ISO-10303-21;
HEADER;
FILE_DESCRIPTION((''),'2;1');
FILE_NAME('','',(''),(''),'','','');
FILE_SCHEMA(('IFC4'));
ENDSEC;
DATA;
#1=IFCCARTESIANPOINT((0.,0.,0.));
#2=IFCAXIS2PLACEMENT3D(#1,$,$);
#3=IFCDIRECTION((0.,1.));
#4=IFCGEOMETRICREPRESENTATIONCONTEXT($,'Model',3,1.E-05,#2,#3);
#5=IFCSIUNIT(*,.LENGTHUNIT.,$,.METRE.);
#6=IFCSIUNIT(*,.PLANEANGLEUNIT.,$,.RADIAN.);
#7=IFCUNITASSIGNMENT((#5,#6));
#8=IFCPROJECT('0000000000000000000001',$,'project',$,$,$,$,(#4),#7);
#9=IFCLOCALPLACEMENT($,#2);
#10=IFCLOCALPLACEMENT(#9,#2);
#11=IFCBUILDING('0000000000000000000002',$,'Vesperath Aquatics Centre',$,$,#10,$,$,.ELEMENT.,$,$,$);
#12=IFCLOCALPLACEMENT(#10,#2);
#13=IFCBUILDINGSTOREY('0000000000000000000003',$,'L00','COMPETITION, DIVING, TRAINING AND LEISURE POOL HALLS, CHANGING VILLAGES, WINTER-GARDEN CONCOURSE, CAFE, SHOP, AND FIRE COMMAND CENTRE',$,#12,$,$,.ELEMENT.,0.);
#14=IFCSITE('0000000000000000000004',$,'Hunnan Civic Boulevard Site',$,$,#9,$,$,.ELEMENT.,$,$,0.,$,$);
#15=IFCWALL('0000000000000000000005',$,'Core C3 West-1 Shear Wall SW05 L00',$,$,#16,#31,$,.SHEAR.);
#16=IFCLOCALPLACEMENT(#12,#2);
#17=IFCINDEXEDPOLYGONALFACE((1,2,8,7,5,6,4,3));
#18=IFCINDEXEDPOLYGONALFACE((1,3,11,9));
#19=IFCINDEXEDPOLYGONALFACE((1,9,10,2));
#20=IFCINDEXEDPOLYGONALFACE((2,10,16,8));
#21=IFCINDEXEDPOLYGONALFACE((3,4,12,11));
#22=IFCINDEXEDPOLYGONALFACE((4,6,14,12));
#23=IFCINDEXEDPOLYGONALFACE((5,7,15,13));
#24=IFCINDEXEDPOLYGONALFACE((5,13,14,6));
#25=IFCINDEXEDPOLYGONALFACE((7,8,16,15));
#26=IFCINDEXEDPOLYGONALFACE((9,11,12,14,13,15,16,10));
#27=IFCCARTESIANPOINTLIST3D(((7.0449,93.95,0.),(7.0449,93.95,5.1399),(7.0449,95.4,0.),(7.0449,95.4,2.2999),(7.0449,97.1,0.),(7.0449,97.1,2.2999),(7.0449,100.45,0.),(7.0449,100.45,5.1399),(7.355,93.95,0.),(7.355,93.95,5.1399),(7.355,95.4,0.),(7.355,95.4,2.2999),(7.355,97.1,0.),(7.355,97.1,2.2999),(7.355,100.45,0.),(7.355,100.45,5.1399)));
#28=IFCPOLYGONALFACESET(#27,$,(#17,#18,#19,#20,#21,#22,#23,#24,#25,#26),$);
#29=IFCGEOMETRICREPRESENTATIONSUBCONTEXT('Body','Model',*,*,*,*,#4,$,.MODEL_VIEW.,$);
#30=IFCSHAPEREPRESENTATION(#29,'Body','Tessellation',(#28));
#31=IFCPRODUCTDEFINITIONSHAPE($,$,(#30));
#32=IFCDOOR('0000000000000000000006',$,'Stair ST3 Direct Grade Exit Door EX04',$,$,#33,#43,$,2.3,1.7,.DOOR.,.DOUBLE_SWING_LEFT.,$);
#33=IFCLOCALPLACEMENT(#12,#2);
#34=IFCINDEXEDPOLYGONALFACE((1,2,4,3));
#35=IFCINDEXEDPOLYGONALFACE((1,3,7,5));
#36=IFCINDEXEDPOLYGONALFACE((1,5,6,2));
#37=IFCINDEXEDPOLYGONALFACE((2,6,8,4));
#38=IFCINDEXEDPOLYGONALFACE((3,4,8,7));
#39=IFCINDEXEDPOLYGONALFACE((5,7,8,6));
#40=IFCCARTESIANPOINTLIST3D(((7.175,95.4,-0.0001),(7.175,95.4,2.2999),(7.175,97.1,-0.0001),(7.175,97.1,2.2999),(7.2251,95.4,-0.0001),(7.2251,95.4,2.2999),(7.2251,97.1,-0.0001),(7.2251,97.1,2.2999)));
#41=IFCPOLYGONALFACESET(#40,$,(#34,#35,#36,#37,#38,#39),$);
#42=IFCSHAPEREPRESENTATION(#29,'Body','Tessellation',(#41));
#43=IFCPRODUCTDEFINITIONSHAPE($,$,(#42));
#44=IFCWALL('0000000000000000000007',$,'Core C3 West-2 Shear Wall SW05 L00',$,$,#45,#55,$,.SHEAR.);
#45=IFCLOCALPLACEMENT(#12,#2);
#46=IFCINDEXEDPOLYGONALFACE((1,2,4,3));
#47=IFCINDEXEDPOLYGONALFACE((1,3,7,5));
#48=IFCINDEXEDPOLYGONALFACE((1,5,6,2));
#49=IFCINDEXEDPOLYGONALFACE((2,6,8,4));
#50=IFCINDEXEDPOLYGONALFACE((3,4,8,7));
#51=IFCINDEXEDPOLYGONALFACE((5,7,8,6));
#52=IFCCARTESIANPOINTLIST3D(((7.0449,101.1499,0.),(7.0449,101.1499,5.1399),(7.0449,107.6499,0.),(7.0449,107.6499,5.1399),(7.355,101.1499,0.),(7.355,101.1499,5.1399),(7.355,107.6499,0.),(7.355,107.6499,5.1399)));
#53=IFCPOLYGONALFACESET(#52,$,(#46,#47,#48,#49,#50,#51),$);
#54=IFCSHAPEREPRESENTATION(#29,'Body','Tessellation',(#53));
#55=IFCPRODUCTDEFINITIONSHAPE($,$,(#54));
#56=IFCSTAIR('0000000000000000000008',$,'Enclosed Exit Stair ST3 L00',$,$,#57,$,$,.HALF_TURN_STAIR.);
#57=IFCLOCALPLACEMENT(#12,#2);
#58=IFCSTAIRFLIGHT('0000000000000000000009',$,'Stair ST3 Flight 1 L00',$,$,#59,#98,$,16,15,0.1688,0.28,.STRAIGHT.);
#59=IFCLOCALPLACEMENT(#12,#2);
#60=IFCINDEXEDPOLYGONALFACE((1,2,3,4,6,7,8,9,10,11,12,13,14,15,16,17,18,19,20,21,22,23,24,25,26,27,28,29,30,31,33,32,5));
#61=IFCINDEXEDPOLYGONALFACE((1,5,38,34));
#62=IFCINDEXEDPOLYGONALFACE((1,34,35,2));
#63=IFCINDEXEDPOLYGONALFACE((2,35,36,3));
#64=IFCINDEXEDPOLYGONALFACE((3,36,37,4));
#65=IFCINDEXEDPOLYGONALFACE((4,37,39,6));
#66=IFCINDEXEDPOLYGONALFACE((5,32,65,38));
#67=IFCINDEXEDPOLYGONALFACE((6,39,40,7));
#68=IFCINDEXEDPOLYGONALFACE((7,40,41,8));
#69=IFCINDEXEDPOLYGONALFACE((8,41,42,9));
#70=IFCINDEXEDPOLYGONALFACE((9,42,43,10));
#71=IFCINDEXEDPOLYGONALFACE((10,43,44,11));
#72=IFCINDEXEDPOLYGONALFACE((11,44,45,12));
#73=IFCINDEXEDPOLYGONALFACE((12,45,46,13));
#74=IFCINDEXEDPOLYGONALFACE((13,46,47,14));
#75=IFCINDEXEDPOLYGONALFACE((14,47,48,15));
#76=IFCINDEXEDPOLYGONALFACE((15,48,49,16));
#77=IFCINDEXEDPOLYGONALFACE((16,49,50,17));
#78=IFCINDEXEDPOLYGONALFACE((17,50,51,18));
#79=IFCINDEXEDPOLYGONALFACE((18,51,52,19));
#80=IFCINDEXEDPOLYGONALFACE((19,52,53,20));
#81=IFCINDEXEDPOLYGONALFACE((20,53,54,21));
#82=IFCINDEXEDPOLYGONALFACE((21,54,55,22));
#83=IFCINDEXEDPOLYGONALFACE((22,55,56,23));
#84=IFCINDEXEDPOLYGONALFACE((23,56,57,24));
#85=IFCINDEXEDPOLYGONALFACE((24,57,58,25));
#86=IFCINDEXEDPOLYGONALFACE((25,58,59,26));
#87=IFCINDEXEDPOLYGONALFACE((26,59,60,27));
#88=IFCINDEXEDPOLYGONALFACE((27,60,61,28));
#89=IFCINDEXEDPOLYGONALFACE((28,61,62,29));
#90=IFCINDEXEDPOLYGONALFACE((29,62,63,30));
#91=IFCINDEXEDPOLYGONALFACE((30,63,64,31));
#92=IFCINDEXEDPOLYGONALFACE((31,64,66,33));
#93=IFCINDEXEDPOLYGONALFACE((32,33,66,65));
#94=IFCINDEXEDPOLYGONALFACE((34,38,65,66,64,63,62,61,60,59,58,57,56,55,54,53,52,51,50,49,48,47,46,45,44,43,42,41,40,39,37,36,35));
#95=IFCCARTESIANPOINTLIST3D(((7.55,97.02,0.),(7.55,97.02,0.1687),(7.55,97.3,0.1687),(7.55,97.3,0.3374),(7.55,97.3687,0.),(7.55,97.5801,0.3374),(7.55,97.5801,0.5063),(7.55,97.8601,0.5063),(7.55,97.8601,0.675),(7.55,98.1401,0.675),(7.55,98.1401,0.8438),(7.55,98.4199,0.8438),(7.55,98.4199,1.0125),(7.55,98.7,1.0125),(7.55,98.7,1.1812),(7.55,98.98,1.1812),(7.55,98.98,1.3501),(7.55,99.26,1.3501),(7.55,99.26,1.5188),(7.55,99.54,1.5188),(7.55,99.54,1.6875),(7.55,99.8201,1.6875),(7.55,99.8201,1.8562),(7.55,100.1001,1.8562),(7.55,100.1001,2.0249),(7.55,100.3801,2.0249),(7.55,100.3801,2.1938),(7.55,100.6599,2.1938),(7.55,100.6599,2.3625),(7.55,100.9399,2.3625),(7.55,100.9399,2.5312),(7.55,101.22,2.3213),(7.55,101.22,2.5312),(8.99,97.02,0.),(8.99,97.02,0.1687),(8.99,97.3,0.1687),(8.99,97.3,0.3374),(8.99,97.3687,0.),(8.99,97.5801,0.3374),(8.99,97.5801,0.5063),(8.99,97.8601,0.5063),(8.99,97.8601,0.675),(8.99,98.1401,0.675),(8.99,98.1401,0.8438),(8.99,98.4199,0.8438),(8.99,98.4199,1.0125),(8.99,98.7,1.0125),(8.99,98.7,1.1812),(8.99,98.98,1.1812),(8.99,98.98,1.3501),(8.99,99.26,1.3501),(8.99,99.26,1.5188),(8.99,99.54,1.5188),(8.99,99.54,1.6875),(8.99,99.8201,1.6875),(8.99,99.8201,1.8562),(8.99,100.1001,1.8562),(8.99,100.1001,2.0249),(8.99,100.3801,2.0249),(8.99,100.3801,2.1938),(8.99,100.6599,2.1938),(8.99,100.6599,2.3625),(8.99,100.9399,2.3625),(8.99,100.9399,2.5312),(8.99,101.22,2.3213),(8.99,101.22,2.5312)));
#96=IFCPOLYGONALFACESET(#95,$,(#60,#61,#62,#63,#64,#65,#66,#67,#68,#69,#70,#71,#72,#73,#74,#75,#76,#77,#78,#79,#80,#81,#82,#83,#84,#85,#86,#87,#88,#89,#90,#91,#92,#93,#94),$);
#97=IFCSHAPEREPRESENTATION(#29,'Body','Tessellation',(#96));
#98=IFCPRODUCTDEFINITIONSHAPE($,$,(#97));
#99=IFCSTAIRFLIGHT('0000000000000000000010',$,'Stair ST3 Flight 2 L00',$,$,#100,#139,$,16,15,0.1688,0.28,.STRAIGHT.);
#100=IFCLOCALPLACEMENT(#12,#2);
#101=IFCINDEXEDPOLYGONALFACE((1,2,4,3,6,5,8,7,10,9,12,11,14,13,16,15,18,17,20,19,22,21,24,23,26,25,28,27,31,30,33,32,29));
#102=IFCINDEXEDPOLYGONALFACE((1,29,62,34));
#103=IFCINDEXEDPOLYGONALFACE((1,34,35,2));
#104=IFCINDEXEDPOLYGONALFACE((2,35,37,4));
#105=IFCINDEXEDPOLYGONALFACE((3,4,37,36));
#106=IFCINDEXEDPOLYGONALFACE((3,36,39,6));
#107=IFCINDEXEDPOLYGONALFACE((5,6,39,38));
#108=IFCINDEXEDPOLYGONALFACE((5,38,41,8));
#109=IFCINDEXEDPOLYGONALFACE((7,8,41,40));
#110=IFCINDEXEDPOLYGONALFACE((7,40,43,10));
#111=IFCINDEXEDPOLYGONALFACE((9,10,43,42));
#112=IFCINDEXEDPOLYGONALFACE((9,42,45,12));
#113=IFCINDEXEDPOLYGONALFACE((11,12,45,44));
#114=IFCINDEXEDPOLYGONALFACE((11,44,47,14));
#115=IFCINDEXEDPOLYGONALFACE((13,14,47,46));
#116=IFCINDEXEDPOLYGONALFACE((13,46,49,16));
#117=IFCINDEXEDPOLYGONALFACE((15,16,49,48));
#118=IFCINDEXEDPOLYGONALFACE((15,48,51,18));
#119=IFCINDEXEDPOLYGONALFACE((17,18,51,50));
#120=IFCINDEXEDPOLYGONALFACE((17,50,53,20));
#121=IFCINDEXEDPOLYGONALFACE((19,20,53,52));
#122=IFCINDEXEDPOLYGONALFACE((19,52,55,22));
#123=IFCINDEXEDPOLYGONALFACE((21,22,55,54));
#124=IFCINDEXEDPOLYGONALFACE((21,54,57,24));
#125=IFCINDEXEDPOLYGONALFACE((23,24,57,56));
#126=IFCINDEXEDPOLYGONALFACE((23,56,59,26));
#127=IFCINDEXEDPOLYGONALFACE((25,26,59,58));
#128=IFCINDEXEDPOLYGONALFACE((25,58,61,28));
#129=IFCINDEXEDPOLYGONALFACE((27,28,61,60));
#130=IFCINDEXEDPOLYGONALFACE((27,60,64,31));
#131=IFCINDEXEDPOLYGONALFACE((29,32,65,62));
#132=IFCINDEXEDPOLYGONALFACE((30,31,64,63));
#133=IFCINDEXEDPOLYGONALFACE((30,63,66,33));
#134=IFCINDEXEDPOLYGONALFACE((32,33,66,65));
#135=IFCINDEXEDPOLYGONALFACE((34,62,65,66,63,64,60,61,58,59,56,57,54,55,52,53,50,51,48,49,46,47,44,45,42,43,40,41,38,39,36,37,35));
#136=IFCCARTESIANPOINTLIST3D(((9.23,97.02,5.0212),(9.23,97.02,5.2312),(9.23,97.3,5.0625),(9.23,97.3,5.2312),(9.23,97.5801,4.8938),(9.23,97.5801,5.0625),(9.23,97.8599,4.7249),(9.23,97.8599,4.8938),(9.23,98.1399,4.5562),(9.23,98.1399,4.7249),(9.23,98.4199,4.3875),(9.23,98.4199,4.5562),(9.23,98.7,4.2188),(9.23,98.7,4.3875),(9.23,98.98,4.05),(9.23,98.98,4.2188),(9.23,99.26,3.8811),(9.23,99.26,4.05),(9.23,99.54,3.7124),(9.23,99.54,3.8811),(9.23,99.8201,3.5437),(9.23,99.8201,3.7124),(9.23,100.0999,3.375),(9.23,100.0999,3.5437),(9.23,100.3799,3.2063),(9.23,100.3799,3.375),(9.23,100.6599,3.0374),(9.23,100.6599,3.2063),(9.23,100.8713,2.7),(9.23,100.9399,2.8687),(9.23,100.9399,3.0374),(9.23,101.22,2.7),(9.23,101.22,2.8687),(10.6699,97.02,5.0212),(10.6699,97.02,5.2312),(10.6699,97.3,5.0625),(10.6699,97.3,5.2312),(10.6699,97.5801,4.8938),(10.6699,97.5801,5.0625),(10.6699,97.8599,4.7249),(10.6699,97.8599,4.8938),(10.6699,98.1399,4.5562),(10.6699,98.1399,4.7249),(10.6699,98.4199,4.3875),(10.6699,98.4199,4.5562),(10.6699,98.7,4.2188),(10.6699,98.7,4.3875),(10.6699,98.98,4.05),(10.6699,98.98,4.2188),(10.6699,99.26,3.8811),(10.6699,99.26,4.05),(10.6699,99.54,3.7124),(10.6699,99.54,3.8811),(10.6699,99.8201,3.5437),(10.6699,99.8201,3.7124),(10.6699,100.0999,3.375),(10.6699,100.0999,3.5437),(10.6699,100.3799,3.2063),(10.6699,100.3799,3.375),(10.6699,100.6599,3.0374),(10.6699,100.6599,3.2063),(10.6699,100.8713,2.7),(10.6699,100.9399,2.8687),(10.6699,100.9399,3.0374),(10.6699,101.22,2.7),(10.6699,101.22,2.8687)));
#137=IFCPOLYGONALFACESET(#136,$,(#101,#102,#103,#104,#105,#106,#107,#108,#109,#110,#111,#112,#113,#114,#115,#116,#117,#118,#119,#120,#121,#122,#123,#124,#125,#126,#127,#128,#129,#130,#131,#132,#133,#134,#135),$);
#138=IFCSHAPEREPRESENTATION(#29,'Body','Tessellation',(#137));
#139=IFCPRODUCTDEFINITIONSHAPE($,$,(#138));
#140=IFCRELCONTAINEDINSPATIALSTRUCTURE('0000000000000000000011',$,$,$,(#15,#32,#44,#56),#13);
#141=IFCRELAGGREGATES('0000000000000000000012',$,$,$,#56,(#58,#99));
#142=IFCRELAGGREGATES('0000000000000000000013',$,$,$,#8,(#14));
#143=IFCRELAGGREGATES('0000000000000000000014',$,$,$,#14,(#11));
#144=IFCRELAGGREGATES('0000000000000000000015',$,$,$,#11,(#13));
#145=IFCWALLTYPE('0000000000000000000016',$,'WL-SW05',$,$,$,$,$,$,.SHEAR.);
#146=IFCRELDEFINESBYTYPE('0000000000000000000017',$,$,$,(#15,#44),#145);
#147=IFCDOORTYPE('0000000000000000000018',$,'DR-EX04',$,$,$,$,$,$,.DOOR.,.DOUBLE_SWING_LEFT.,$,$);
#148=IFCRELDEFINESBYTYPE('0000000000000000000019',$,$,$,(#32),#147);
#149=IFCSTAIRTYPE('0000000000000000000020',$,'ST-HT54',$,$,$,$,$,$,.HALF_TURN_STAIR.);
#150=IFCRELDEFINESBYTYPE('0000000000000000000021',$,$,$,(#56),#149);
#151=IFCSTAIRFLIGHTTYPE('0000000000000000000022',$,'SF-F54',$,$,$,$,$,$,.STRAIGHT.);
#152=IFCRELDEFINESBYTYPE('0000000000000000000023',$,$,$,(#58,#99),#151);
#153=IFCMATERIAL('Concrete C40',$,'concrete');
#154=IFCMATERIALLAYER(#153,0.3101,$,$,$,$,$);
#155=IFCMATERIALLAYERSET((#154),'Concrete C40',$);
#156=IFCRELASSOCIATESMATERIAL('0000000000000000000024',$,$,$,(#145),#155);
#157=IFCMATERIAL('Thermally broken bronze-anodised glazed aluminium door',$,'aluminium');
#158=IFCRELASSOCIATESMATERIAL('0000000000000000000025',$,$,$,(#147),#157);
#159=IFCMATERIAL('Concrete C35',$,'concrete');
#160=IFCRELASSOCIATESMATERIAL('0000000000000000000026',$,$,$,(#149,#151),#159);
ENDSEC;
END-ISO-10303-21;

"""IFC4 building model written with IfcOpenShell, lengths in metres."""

from ifc_helpers import new_model, si_unit, direction, frame, frame_2d, origin, place, context, subcontext, project, spatial, polyline, rectangle, outline, extrude, material, layer, layer_set, type_object, element, fill, aggregate, save


model = new_model("IFC4")

# Units and contexts
model_context = context("Model", 3, precision=1e-05, world=origin(), true_north=direction((0.0, 1.0)))
body_context = subcontext(model_context, "Body", "Model", "MODEL_VIEW")
ifc_project = project(units=[si_unit("LENGTHUNIT", "METRE"), si_unit("PLANEANGLEUNIT", "RADIAN")], contexts=[model_context])

# Site, building, storey
site_placement = place(None, origin())
site = spatial("IfcSite", under=ifc_project, at=site_placement, Name="Hunnan Civic Boulevard Site", CompositionType="ELEMENT", RefElevation=0.0)
building_placement = place(site_placement, origin())
building = spatial("IfcBuilding", under=site, at=building_placement, Name="Vesperath Aquatics Centre", CompositionType="ELEMENT")
storey_placement = place(building_placement, origin())
storey = spatial("IfcBuildingStorey", under=building, at=storey_placement, Name="L00", Description="COMPETITION, DIVING, TRAINING AND LEISURE POOL HALLS, CHANGING VILLAGES, WINTER-GARDEN CONCOURSE, CAFE, SHOP, AND FIRE COMMAND CENTRE", CompositionType="ELEMENT", Elevation=0.0)

# Shared definitions
ifc_material_1 = material(Name="Concrete C40", Category="concrete")

# Shared definitions
ifc_material_2 = material(Name="Concrete C35", Category="concrete")

# Wall, opening, door
ifc_layer_1 = layer(ifc_material_1, 0.3101)
ifc_layer_set_1 = layer_set([ifc_layer_1], Name="Concrete C40")
wall_type_1 = type_object("IfcWallType", Name="WL-SW05", PredefinedType="SHEAR", material=ifc_layer_set_1)
wall_1_placement = place(storey_placement, frame((7.2, 93.95, 0.0), z_axis=(0.0, 0.0, 1.0), x_axis=(0.0, 1.0, 0.0)))
wall_1 = element("IfcWall", 1, at=wall_1_placement, inside=storey, type_object=wall_type_1, Name="Core C3 West-1 Shear Wall SW05 L00", PredefinedType="SHEAR", context=body_context, shape_type="SweptSolid", body=[
    extrude(rectangle(XDim=6.5, YDim=0.3101, at=frame_2d((3.25, 0.0))), origin(), (0.0, 0.0, 1.0), 5.1399),
])
opening_1_placement = place(wall_1_placement, frame((1.45, 0.0, 0.0)))
opening_1 = element("IfcOpeningElement", 2, at=opening_1_placement, cuts=wall_1, PredefinedType="OPENING", context=body_context, shape_type="SweptSolid", body=[
    extrude(rectangle(XDim=1.7, YDim=2.3, at=frame_2d((0.8501, 1.1499))), frame((0.0, 0.1699, 0.0), z_axis=(0.0, -1.0, 0.0), x_axis=(1.0, 0.0, 0.0)), (0.0, 0.0, 1.0), 0.3398),
])
ifc_material_3 = material(Name="Thermally broken bronze-anodised glazed aluminium door", Category="aluminium")
door_type_1 = type_object("IfcDoorType", Name="DR-EX04", OperationType="DOUBLE_SWING_LEFT", PredefinedType="DOOR", material=ifc_material_3)
door_1_placement = place(opening_1_placement, origin())
door_1 = element("IfcDoor", 3, at=door_1_placement, inside=storey, type_object=door_type_1, Name="Stair ST3 Direct Grade Exit Door EX04", OperationType="DOUBLE_SWING_LEFT", OverallHeight=2.3, OverallWidth=1.7, PredefinedType="DOOR", context=body_context, shape_type="SweptSolid", body=[
    extrude(rectangle(XDim=1.7, YDim=2.3, at=frame_2d((0.8501, 1.1499))), frame((0.0, 0.0249, 0.0), z_axis=(0.0, -1.0, 0.0), x_axis=(1.0, 0.0, 0.0)), (0.0, 0.0, 1.0), 0.05),
])
fill(opening_1, door_1)

# Wall
wall_2_placement = place(storey_placement, frame((7.2, 101.1499, 0.0), z_axis=(0.0, 0.0, 1.0), x_axis=(0.0, 1.0, 0.0)))
element("IfcWall", 4, at=wall_2_placement, inside=storey, type_object=wall_type_1, Name="Core C3 West-2 Shear Wall SW05 L00", PredefinedType="SHEAR", context=body_context, shape_type="SweptSolid", body=[
    extrude(rectangle(XDim=6.5, YDim=0.3101, at=frame_2d((3.25, 0.0))), origin(), (0.0, 0.0, 1.0), 5.1399),
])

# Stair, stair flights
stair_type = type_object("IfcStairType", Name="ST-HT54", PredefinedType="HALF_TURN_STAIR", material=ifc_material_2)
stair_placement = place(storey_placement, origin())
stair = element("IfcStair", 5, at=stair_placement, inside=storey, type_object=stair_type, Name="Enclosed Exit Stair ST3 L00", PredefinedType="HALF_TURN_STAIR")
stair_flight_type = type_object("IfcStairFlightType", Name="SF-F54", PredefinedType="STRAIGHT", material=ifc_material_2)
stair_flight_1_placement = place(storey_placement, frame((8.27, 97.02, 0.0), z_axis=(0.0, 0.0, 1.0), x_axis=(0.0, 1.0, 0.0)))
stair_flight_1 = element("IfcStairFlight", 6, at=stair_flight_1_placement, type_object=stair_flight_type, Name="Stair ST3 Flight 1 L00", NumberOfRisers=16, NumberOfTreads=15, PredefinedType="STRAIGHT", RiserHeight=0.1688, TreadLength=0.28, context=body_context, shape_type="SweptSolid", body=[
    extrude(outline(polyline([(0.0, 0.0), (0.0, 0.1687), (0.28, 0.1687), (0.28, 0.3374), (0.5601, 0.3374), (0.5601, 0.5063), (0.8401, 0.5063), (0.8401, 0.675), (1.1201, 0.675), (1.1201, 0.8438), (1.3999, 0.8438), (1.3999, 1.0125), (1.6799, 1.0125), (1.6799, 1.1812), (1.96, 1.1812), (1.96, 1.3501), (2.24, 1.3501), (2.24, 1.5188), (2.52, 1.5188), (2.52, 1.6875), (2.8, 1.6875), (2.8, 1.8562), (3.0801, 1.8562), (3.0801, 2.0249), (3.3601, 2.0249), (3.3601, 2.1938), (3.6399, 2.1938), (3.6399, 2.3625), (3.9199, 2.3625), (3.9199, 2.5312), (4.2, 2.5312), (4.2, 2.7), (4.2, 2.3213), (0.3486, 0.0), (0.0, 0.0)])), frame((0.0, 0.72, 0.0), z_axis=(0.0, -1.0, 0.0), x_axis=(1.0, 0.0, 0.0)), (0.0, 0.0, 1.0), 1.4399),
])
stair_flight_2_placement = place(storey_placement, frame((9.95, 101.22, 2.7), z_axis=(0.0, 0.0, 1.0), x_axis=(0.0, -1.0, 0.0)))
stair_flight_2 = element("IfcStairFlight", 7, at=stair_flight_2_placement, type_object=stair_flight_type, Name="Stair ST3 Flight 2 L00", NumberOfRisers=16, NumberOfTreads=15, PredefinedType="STRAIGHT", RiserHeight=0.1688, TreadLength=0.28, context=body_context, shape_type="SweptSolid", body=[
    extrude(outline(polyline([(0.0, 0.0), (0.0, 0.1687), (0.28, 0.1687), (0.28, 0.3374), (0.5601, 0.3374), (0.5601, 0.5063), (0.8401, 0.5063), (0.8401, 0.675), (1.1201, 0.675), (1.1201, 0.8438), (1.3999, 0.8438), (1.3999, 1.0125), (1.6799, 1.0125), (1.6799, 1.1812), (1.96, 1.1812), (1.96, 1.3501), (2.24, 1.3501), (2.24, 1.5188), (2.52, 1.5188), (2.52, 1.6875), (2.8, 1.6875), (2.8, 1.8562), (3.0801, 1.8562), (3.0801, 2.0249), (3.3601, 2.0249), (3.3601, 2.1938), (3.6399, 2.1938), (3.6399, 2.3625), (3.9199, 2.3625), (3.9199, 2.5312), (4.2, 2.5312), (4.2, 2.7), (4.2, 2.3213), (0.3486, 0.0), (0.0, 0.0)])), frame((0.0, 0.72, 0.0), z_axis=(0.0, -1.0, 0.0), x_axis=(1.0, 0.0, 0.0)), (0.0, 0.0, 1.0), 1.4399),
])
aggregate(stair, [stair_flight_1, stair_flight_2])

save(model, "model.ifc")
